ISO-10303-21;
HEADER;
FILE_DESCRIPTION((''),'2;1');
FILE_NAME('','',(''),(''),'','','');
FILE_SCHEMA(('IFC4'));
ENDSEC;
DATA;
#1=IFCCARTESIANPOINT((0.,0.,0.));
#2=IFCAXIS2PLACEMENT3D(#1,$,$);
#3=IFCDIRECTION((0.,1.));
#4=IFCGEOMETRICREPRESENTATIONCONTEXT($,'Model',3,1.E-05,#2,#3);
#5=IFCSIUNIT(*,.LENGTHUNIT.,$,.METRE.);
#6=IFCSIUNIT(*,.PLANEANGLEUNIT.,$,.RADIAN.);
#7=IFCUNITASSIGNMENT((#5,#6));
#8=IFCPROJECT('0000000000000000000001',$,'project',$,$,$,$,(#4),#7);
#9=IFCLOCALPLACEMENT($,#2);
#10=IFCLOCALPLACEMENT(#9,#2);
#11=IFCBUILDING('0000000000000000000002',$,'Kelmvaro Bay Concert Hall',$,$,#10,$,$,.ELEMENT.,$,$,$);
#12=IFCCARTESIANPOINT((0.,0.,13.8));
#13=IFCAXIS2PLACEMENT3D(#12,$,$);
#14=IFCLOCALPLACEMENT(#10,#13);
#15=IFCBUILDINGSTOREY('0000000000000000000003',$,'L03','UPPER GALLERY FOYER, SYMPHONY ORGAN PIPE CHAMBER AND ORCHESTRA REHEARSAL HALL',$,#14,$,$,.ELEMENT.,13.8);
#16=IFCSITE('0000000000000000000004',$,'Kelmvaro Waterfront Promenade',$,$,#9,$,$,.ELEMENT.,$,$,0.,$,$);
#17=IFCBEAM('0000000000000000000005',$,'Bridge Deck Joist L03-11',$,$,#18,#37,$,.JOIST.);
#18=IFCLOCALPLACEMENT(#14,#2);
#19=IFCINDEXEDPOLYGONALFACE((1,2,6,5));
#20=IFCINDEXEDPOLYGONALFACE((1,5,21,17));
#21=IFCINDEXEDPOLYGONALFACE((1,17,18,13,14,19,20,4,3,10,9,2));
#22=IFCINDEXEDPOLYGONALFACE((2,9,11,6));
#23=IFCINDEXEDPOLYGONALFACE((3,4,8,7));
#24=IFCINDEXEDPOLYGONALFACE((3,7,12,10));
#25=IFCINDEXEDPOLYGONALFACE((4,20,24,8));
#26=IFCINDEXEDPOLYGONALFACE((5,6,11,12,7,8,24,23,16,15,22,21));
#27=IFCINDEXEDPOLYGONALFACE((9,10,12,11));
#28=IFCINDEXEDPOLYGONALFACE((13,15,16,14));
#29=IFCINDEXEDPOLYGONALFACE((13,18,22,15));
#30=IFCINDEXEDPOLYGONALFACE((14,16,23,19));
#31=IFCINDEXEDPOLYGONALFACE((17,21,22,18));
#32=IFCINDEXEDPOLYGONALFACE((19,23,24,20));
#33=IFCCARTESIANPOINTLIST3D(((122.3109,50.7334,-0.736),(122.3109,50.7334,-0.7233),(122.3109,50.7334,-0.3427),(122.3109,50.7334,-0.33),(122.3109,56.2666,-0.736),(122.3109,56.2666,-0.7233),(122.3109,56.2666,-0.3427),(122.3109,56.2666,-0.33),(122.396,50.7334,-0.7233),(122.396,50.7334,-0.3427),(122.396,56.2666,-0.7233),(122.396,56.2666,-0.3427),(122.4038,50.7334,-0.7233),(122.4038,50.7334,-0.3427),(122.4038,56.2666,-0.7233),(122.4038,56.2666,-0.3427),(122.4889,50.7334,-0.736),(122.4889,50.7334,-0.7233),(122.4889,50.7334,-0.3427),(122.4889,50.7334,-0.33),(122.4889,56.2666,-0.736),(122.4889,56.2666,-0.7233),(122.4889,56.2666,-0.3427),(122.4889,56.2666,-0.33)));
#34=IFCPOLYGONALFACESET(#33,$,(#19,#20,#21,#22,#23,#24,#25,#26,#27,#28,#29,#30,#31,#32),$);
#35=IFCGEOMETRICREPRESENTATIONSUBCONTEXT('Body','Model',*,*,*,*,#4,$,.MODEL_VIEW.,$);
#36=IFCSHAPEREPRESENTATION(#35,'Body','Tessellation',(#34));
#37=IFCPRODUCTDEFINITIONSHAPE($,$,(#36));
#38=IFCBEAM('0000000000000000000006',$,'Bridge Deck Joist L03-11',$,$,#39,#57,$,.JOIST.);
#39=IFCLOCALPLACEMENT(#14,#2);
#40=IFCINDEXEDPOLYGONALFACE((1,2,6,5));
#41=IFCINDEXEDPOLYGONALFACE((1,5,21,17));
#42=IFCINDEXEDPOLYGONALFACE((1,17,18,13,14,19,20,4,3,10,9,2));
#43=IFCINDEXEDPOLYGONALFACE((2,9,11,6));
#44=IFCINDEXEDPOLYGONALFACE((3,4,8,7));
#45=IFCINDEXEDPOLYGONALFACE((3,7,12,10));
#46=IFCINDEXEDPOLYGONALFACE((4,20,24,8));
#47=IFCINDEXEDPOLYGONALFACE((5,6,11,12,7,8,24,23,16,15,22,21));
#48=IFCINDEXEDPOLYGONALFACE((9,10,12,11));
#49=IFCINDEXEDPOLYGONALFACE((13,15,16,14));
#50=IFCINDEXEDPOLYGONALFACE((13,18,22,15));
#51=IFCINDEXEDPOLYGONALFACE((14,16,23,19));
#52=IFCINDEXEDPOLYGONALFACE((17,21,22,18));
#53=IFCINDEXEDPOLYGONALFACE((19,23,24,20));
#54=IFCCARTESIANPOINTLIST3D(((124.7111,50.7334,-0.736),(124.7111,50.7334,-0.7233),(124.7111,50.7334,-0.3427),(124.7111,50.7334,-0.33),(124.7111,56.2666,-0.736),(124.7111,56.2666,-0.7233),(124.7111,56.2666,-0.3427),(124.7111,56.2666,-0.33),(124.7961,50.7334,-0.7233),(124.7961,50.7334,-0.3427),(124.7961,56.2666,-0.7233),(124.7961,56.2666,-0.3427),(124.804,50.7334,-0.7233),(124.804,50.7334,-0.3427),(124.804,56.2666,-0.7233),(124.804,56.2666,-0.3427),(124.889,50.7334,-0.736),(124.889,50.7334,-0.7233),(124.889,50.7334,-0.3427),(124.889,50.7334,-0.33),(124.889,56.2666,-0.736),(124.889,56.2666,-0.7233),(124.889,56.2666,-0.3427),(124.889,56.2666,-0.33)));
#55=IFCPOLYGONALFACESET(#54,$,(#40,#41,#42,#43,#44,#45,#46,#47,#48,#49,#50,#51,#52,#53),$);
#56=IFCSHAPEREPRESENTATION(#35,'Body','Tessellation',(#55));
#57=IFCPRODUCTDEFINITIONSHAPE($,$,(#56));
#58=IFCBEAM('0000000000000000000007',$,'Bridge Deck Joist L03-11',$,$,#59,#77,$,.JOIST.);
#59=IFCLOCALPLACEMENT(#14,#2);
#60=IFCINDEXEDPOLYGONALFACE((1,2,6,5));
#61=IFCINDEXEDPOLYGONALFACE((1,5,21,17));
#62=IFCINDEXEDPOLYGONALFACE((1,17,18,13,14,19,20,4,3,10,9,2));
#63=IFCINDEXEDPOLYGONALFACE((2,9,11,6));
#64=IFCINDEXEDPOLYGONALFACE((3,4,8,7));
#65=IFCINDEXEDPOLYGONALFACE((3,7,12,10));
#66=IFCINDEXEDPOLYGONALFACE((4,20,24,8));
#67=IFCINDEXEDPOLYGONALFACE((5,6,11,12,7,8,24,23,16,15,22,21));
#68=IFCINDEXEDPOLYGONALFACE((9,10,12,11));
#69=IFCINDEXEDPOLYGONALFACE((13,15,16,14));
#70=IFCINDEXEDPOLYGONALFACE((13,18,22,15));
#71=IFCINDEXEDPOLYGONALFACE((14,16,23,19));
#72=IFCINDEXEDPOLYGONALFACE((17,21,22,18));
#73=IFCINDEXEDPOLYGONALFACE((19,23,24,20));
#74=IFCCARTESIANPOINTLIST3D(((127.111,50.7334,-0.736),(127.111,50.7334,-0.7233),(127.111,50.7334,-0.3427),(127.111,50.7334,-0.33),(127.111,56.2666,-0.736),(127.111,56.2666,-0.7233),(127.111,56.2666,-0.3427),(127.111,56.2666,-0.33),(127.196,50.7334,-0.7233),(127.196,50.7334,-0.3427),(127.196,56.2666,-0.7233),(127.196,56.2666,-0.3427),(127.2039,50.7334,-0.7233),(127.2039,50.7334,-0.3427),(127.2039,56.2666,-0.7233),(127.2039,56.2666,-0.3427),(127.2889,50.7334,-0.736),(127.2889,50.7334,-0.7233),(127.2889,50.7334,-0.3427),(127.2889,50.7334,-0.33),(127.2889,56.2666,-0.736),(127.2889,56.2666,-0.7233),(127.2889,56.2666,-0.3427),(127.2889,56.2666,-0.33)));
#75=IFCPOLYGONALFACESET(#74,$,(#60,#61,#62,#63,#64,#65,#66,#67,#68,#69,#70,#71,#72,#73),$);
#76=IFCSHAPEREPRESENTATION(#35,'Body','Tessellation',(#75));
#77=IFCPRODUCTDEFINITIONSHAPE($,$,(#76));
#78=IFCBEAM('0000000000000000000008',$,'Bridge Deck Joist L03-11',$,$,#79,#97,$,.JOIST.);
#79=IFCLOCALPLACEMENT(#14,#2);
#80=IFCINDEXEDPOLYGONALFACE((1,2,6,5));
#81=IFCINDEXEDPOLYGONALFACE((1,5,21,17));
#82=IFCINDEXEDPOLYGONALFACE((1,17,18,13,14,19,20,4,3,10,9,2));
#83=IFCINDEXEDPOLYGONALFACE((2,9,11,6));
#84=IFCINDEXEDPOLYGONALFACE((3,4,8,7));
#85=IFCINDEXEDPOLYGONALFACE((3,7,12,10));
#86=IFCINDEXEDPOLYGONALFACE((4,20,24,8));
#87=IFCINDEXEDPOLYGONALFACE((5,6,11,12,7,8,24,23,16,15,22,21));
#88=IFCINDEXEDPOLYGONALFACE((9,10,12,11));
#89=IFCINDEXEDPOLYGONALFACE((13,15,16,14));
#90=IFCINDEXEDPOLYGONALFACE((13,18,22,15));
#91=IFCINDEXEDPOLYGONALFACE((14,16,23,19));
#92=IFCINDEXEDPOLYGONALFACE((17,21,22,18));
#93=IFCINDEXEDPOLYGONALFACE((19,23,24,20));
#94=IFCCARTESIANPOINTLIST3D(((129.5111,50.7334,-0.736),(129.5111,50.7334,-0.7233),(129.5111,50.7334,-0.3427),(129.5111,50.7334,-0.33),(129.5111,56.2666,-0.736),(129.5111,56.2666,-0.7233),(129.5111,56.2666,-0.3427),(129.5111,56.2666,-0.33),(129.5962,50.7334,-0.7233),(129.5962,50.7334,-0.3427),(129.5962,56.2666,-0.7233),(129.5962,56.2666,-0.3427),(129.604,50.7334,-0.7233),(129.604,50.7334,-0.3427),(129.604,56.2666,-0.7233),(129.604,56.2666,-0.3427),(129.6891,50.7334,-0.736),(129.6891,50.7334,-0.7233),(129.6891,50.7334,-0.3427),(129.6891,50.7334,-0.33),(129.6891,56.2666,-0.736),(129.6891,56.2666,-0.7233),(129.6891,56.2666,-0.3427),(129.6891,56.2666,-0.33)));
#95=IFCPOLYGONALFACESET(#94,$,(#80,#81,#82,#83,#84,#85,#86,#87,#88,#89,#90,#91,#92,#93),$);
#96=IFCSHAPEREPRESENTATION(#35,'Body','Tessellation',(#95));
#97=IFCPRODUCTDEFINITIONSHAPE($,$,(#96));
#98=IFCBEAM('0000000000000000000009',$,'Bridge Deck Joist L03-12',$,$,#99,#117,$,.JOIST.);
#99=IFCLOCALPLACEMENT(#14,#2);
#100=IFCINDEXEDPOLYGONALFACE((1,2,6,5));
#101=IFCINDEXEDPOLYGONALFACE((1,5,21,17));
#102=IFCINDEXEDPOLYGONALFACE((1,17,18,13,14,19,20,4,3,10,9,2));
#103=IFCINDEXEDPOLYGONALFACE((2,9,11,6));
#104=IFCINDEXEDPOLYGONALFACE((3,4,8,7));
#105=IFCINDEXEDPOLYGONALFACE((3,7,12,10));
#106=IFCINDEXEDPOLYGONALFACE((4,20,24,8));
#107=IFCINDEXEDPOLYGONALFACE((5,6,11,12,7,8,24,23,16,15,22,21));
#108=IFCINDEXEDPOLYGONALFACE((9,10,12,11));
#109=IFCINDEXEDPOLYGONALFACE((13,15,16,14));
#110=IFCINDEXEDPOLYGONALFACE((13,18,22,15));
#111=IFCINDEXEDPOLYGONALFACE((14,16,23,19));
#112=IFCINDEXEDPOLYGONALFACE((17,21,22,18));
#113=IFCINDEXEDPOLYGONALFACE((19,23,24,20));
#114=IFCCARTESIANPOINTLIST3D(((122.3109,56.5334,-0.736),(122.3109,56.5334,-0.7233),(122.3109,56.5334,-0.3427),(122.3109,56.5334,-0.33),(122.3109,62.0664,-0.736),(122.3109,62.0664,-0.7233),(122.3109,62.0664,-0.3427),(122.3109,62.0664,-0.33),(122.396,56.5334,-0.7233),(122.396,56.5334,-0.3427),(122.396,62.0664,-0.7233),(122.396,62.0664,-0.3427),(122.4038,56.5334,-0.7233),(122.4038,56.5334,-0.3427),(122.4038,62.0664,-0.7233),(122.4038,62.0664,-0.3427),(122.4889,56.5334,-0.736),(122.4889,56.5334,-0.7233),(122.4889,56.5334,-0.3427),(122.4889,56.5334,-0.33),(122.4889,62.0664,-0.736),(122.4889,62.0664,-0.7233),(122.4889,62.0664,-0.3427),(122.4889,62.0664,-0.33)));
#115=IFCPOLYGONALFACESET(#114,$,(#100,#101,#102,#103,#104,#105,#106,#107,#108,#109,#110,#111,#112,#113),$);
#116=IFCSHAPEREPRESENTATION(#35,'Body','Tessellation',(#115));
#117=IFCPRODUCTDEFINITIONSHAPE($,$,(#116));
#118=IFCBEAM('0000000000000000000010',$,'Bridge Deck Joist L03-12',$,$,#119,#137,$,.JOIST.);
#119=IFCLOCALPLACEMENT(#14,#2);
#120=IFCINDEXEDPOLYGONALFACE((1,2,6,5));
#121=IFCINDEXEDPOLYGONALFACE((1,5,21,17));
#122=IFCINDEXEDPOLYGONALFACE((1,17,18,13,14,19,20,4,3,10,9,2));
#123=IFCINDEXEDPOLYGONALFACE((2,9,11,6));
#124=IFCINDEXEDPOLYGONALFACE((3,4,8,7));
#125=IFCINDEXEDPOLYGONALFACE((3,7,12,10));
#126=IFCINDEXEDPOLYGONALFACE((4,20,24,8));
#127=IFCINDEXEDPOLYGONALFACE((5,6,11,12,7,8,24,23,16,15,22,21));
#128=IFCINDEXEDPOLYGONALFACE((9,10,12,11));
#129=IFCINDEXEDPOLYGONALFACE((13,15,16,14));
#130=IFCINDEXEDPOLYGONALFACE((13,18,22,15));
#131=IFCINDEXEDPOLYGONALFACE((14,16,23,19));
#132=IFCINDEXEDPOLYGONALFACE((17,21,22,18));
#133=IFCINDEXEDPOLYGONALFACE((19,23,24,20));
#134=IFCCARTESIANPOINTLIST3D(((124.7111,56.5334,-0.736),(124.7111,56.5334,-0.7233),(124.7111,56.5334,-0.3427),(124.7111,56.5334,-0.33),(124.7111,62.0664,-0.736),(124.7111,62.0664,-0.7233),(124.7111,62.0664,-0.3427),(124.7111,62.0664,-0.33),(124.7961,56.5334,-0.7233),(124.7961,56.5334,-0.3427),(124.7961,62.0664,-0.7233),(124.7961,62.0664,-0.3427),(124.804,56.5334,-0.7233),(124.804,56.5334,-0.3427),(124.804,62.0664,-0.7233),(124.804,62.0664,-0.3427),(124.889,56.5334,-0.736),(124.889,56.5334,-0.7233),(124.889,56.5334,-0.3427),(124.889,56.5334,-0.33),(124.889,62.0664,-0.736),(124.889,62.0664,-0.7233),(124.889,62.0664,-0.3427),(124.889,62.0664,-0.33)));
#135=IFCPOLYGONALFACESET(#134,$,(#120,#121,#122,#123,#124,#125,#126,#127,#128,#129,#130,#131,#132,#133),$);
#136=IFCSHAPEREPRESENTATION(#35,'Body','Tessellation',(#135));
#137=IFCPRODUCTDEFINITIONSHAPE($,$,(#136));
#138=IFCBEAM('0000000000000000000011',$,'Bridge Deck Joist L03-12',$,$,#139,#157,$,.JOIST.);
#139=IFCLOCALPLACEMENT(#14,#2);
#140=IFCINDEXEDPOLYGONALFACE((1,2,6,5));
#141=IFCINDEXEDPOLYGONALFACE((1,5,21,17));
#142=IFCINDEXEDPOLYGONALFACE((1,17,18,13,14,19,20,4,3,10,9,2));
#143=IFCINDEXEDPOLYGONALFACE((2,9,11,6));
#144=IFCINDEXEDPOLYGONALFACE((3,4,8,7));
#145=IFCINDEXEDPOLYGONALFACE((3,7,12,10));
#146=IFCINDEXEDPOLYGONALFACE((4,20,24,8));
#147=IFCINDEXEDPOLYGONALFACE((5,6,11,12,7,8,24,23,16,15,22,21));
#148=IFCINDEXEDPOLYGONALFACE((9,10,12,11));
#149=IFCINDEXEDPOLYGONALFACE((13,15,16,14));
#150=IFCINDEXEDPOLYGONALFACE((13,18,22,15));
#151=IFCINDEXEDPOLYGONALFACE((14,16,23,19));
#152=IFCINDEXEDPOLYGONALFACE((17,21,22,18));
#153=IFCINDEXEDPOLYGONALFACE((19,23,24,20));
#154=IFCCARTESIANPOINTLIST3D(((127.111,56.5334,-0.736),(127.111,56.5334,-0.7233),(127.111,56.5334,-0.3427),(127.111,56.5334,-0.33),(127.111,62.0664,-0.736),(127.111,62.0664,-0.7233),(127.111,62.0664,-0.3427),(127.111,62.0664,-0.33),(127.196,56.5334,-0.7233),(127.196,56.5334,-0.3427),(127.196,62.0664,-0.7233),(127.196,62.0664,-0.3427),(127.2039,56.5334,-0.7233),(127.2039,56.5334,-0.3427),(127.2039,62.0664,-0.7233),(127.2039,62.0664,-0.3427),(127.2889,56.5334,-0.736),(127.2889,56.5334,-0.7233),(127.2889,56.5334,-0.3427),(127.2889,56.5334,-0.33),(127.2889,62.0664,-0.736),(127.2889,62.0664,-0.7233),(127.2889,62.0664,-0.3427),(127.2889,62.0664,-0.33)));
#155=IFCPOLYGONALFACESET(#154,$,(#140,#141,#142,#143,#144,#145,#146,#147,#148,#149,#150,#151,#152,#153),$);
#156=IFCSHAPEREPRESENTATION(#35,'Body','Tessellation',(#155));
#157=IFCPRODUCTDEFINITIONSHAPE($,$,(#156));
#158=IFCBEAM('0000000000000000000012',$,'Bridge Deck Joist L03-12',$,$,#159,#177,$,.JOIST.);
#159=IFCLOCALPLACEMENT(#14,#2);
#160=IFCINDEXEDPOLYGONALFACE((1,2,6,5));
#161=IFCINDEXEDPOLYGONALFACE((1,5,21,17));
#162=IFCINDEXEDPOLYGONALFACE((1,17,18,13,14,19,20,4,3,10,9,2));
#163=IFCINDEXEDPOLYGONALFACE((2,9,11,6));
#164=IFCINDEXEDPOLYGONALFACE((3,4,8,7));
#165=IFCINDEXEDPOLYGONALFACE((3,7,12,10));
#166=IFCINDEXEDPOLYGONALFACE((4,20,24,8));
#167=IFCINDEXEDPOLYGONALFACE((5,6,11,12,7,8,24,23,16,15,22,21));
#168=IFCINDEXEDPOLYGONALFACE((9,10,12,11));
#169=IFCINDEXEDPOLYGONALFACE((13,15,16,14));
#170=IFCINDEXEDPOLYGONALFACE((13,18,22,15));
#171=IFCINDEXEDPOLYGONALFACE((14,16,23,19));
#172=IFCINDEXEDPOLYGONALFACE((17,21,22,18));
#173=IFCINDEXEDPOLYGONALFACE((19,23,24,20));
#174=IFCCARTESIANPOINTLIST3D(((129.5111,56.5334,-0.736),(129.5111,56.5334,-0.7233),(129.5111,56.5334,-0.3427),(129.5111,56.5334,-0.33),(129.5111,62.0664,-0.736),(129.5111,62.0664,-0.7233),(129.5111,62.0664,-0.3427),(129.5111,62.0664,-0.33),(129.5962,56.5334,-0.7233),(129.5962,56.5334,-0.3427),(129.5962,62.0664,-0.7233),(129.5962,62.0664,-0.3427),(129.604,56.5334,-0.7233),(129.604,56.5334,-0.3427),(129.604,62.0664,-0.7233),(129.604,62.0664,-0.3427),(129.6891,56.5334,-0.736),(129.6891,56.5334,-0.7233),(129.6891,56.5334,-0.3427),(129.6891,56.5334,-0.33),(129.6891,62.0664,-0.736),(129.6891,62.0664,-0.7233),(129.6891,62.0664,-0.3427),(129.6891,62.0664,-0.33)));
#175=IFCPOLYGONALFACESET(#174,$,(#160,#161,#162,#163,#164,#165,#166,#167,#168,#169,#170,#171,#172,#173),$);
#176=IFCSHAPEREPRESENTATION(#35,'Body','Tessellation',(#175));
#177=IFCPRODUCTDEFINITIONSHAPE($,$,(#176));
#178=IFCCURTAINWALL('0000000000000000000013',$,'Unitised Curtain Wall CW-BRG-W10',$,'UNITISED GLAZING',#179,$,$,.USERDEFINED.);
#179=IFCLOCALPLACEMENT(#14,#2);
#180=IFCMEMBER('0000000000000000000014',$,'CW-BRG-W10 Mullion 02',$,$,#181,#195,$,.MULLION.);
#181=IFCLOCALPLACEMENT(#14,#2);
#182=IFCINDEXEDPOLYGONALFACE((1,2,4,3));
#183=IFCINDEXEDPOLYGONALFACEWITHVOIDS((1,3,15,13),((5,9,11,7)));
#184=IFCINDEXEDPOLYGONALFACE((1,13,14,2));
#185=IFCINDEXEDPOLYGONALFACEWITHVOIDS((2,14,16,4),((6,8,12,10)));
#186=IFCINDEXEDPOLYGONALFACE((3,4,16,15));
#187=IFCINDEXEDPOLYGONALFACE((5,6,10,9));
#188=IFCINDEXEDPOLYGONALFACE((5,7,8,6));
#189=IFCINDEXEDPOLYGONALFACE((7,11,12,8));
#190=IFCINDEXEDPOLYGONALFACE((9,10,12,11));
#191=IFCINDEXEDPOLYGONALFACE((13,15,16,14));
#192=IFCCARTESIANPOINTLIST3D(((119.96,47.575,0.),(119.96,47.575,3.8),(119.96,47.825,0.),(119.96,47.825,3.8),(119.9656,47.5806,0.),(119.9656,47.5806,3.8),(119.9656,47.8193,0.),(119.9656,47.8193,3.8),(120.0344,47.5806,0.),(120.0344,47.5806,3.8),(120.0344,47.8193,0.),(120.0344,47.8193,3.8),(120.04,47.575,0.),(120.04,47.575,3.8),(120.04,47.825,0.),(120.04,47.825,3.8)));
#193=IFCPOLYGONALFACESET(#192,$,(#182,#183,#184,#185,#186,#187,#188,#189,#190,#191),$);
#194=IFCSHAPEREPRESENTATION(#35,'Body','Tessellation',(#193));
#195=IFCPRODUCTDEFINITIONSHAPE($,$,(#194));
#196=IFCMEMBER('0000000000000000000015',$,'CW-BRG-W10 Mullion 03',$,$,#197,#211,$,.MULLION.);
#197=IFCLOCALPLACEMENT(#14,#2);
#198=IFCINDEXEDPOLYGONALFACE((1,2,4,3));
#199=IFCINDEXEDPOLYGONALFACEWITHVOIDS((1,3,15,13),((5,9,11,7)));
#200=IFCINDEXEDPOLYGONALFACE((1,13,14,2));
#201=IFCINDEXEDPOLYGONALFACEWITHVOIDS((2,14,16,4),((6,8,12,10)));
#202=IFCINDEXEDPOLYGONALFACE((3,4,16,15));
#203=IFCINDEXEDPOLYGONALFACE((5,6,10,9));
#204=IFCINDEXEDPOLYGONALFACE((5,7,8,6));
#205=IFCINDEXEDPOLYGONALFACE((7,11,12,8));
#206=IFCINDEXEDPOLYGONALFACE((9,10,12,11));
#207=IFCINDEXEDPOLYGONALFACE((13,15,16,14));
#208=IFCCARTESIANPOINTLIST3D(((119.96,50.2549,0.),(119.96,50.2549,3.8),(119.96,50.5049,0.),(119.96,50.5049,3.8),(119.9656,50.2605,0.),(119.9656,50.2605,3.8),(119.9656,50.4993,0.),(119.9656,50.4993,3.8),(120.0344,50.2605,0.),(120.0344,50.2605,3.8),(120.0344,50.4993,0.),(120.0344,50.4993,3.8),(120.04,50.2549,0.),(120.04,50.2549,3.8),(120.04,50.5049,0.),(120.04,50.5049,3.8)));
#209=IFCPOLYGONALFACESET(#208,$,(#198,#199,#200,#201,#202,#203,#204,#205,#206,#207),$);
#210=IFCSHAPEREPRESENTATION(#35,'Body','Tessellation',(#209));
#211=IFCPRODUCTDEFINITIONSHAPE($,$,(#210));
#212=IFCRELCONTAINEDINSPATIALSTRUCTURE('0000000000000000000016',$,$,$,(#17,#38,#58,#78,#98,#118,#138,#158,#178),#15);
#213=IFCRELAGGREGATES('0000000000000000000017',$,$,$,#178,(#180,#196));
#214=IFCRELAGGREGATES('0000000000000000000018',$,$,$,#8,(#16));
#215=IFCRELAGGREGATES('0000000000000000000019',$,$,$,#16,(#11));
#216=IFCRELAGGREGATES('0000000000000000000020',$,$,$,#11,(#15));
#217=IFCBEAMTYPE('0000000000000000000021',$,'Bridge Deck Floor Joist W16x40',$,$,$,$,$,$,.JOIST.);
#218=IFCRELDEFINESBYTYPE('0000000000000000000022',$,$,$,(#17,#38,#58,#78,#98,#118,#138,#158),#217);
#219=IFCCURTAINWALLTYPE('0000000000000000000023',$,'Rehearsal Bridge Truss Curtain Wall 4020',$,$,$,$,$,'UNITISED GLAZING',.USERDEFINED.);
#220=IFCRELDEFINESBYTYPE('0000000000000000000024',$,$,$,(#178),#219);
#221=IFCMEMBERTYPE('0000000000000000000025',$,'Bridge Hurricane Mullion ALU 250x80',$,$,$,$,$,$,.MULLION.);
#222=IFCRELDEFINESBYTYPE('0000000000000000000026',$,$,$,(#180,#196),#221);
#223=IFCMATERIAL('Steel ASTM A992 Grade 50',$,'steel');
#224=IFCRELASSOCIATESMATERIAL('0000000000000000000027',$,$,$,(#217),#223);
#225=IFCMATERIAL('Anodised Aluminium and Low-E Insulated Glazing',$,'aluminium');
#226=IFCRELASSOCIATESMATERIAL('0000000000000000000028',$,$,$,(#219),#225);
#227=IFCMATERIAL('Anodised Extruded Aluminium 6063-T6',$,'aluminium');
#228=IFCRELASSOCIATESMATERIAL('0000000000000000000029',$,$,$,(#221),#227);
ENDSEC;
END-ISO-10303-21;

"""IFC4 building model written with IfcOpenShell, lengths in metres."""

from ifc_helpers import new_model, si_unit, direction, frame, origin, origin_2d, place, context, subcontext, project, spatial, hollow_rectangle, i_section, extrude, material, material_profile, profile_set, type_object, element, aggregate, save


model = new_model("IFC4")

# Units and contexts
model_context = context("Model", 3, precision=1e-05, world=origin(), true_north=direction((0.0, 1.0)))
body_context = subcontext(model_context, "Body", "Model", "MODEL_VIEW")
ifc_project = project(units=[si_unit("LENGTHUNIT", "METRE"), si_unit("PLANEANGLEUNIT", "RADIAN")], contexts=[model_context])

# Site, building, storey
site_placement = place(None, origin())
site = spatial("IfcSite", under=ifc_project, at=site_placement, Name="Kelmvaro Waterfront Promenade", CompositionType="ELEMENT", RefElevation=0.0)
building_placement = place(site_placement, origin())
building = spatial("IfcBuilding", under=site, at=building_placement, Name="Kelmvaro Bay Concert Hall", CompositionType="ELEMENT")
storey_placement = place(building_placement, frame((0.0, 0.0, 13.8)))
storey = spatial("IfcBuildingStorey", under=building, at=storey_placement, Name="L03", Description="UPPER GALLERY FOYER, SYMPHONY ORGAN PIPE CHAMBER AND ORCHESTRA REHEARSAL HALL", CompositionType="ELEMENT", Elevation=13.8)

# Beams
ifc_material_1 = material(Name="Steel ASTM A992 Grade 50", Category="steel")
ifc_material_profile_1 = material_profile(ifc_material_1, i_section(OverallWidth=0.178, OverallDepth=0.406, WebThickness=0.0078, FlangeThickness=0.0127, at=origin_2d()), Name="W16X40")
ifc_profile_set_1 = profile_set([ifc_material_profile_1], Name="Steel ASTM A992 Grade 50")
beam_type_1 = type_object("IfcBeamType", Name="Bridge Deck Floor Joist W16x40", PredefinedType="JOIST", material=ifc_profile_set_1)
for number, where, z_axis, x_axis, name in (
    (1, (122.3999, 50.7334, -0.533), (0.0, 1.0, 0.0), (-1.0, 0.0, 0.0), "Bridge Deck Joist L03-11"),
    (2, (124.8, 50.7334, -0.533), (0.0, 1.0, 0.0), (-1.0, 0.0, 0.0), "Bridge Deck Joist L03-11"),
    (3, (127.2, 50.7334, -0.533), (0.0, 1.0, 0.0), (-1.0, 0.0, 0.0), "Bridge Deck Joist L03-11"),
    (4, (129.6001, 50.7334, -0.533), (0.0, 1.0, 0.0), (-1.0, 0.0, 0.0), "Bridge Deck Joist L03-11"),
):
    element("IfcBeam", number, at=place(storey_placement, frame(where, z_axis=z_axis, x_axis=x_axis)), inside=storey, type_object=beam_type_1, Name=name, PredefinedType="JOIST", context=body_context, shape_type="SweptSolid", body=[
        extrude(i_section(OverallWidth=0.178, OverallDepth=0.406, WebThickness=0.0078, FlangeThickness=0.0127, at=origin_2d()), origin(), (0.0, 0.0, 1.0), 5.5332),
    ])
for number, where, z_axis, x_axis, name in (
    (5, (122.3999, 56.5334, -0.533), (0.0, 1.0, 0.0), (-1.0, 0.0, 0.0), "Bridge Deck Joist L03-12"),
    (6, (124.8, 56.5334, -0.533), (0.0, 1.0, 0.0), (-1.0, 0.0, 0.0), "Bridge Deck Joist L03-12"),
    (7, (127.2, 56.5334, -0.533), (0.0, 1.0, 0.0), (-1.0, 0.0, 0.0), "Bridge Deck Joist L03-12"),
    (8, (129.6001, 56.5334, -0.533), (0.0, 1.0, 0.0), (-1.0, 0.0, 0.0), "Bridge Deck Joist L03-12"),
):
    element("IfcBeam", number, at=place(storey_placement, frame(where, z_axis=z_axis, x_axis=x_axis)), inside=storey, type_object=beam_type_1, Name=name, PredefinedType="JOIST", context=body_context, shape_type="SweptSolid", body=[
        extrude(i_section(OverallWidth=0.178, OverallDepth=0.406, WebThickness=0.0078, FlangeThickness=0.0127, at=origin_2d()), origin(), (0.0, 0.0, 1.0), 5.533),
    ])

# Curtain wall, members
ifc_material_2 = material(Name="Anodised Aluminium and Low-E Insulated Glazing", Category="aluminium")
curtain_wall_type = type_object("IfcCurtainWallType", Name="Rehearsal Bridge Truss Curtain Wall 4020", ElementType="UNITISED GLAZING", PredefinedType="USERDEFINED", material=ifc_material_2)
curtain_wall_1_placement = place(storey_placement, origin())
curtain_wall_1 = element("IfcCurtainWall", 9, at=curtain_wall_1_placement, inside=storey, type_object=curtain_wall_type, Name="Unitised Curtain Wall CW-BRG-W10", ObjectType="UNITISED GLAZING", PredefinedType="USERDEFINED")
ifc_material_3 = material(Name="Anodised Extruded Aluminium 6063-T6", Category="aluminium")
ifc_material_profile_2 = material_profile(ifc_material_3, hollow_rectangle(XDim=0.0801, YDim=0.25, WallThickness=0.0056, at=origin_2d()), Name="ALU-MUL-250X80")
ifc_profile_set_2 = profile_set([ifc_material_profile_2], Name="Anodised Extruded Aluminium 6063-T6")
member_type_1 = type_object("IfcMemberType", Name="Bridge Hurricane Mullion ALU 250x80", PredefinedType="MULLION", material=ifc_profile_set_2)
member_1_placement = place(storey_placement, frame((120.0, 47.7, 0.0), z_axis=(0.0, 0.0, 1.0), x_axis=(1.0, 0.0, 0.0)))
member_1 = element("IfcMember", 10, at=member_1_placement, type_object=member_type_1, Name="CW-BRG-W10 Mullion 02", PredefinedType="MULLION", context=body_context, shape_type="SweptSolid", body=[
    extrude(hollow_rectangle(XDim=0.0801, YDim=0.25, WallThickness=0.0056, at=origin_2d()), origin(), (0.0, 0.0, 1.0), 3.8),
])
member_2_placement = place(storey_placement, frame((120.0, 50.3799, 0.0), z_axis=(0.0, 0.0, 1.0), x_axis=(1.0, 0.0, 0.0)))
member_2 = element("IfcMember", 11, at=member_2_placement, type_object=member_type_1, Name="CW-BRG-W10 Mullion 03", PredefinedType="MULLION", context=body_context, shape_type="SweptSolid", body=[
    extrude(hollow_rectangle(XDim=0.0801, YDim=0.25, WallThickness=0.0056, at=origin_2d()), origin(), (0.0, 0.0, 1.0), 3.8),
])

aggregate(curtain_wall_1, [member_1, member_2])

save(model, "model.ifc")
